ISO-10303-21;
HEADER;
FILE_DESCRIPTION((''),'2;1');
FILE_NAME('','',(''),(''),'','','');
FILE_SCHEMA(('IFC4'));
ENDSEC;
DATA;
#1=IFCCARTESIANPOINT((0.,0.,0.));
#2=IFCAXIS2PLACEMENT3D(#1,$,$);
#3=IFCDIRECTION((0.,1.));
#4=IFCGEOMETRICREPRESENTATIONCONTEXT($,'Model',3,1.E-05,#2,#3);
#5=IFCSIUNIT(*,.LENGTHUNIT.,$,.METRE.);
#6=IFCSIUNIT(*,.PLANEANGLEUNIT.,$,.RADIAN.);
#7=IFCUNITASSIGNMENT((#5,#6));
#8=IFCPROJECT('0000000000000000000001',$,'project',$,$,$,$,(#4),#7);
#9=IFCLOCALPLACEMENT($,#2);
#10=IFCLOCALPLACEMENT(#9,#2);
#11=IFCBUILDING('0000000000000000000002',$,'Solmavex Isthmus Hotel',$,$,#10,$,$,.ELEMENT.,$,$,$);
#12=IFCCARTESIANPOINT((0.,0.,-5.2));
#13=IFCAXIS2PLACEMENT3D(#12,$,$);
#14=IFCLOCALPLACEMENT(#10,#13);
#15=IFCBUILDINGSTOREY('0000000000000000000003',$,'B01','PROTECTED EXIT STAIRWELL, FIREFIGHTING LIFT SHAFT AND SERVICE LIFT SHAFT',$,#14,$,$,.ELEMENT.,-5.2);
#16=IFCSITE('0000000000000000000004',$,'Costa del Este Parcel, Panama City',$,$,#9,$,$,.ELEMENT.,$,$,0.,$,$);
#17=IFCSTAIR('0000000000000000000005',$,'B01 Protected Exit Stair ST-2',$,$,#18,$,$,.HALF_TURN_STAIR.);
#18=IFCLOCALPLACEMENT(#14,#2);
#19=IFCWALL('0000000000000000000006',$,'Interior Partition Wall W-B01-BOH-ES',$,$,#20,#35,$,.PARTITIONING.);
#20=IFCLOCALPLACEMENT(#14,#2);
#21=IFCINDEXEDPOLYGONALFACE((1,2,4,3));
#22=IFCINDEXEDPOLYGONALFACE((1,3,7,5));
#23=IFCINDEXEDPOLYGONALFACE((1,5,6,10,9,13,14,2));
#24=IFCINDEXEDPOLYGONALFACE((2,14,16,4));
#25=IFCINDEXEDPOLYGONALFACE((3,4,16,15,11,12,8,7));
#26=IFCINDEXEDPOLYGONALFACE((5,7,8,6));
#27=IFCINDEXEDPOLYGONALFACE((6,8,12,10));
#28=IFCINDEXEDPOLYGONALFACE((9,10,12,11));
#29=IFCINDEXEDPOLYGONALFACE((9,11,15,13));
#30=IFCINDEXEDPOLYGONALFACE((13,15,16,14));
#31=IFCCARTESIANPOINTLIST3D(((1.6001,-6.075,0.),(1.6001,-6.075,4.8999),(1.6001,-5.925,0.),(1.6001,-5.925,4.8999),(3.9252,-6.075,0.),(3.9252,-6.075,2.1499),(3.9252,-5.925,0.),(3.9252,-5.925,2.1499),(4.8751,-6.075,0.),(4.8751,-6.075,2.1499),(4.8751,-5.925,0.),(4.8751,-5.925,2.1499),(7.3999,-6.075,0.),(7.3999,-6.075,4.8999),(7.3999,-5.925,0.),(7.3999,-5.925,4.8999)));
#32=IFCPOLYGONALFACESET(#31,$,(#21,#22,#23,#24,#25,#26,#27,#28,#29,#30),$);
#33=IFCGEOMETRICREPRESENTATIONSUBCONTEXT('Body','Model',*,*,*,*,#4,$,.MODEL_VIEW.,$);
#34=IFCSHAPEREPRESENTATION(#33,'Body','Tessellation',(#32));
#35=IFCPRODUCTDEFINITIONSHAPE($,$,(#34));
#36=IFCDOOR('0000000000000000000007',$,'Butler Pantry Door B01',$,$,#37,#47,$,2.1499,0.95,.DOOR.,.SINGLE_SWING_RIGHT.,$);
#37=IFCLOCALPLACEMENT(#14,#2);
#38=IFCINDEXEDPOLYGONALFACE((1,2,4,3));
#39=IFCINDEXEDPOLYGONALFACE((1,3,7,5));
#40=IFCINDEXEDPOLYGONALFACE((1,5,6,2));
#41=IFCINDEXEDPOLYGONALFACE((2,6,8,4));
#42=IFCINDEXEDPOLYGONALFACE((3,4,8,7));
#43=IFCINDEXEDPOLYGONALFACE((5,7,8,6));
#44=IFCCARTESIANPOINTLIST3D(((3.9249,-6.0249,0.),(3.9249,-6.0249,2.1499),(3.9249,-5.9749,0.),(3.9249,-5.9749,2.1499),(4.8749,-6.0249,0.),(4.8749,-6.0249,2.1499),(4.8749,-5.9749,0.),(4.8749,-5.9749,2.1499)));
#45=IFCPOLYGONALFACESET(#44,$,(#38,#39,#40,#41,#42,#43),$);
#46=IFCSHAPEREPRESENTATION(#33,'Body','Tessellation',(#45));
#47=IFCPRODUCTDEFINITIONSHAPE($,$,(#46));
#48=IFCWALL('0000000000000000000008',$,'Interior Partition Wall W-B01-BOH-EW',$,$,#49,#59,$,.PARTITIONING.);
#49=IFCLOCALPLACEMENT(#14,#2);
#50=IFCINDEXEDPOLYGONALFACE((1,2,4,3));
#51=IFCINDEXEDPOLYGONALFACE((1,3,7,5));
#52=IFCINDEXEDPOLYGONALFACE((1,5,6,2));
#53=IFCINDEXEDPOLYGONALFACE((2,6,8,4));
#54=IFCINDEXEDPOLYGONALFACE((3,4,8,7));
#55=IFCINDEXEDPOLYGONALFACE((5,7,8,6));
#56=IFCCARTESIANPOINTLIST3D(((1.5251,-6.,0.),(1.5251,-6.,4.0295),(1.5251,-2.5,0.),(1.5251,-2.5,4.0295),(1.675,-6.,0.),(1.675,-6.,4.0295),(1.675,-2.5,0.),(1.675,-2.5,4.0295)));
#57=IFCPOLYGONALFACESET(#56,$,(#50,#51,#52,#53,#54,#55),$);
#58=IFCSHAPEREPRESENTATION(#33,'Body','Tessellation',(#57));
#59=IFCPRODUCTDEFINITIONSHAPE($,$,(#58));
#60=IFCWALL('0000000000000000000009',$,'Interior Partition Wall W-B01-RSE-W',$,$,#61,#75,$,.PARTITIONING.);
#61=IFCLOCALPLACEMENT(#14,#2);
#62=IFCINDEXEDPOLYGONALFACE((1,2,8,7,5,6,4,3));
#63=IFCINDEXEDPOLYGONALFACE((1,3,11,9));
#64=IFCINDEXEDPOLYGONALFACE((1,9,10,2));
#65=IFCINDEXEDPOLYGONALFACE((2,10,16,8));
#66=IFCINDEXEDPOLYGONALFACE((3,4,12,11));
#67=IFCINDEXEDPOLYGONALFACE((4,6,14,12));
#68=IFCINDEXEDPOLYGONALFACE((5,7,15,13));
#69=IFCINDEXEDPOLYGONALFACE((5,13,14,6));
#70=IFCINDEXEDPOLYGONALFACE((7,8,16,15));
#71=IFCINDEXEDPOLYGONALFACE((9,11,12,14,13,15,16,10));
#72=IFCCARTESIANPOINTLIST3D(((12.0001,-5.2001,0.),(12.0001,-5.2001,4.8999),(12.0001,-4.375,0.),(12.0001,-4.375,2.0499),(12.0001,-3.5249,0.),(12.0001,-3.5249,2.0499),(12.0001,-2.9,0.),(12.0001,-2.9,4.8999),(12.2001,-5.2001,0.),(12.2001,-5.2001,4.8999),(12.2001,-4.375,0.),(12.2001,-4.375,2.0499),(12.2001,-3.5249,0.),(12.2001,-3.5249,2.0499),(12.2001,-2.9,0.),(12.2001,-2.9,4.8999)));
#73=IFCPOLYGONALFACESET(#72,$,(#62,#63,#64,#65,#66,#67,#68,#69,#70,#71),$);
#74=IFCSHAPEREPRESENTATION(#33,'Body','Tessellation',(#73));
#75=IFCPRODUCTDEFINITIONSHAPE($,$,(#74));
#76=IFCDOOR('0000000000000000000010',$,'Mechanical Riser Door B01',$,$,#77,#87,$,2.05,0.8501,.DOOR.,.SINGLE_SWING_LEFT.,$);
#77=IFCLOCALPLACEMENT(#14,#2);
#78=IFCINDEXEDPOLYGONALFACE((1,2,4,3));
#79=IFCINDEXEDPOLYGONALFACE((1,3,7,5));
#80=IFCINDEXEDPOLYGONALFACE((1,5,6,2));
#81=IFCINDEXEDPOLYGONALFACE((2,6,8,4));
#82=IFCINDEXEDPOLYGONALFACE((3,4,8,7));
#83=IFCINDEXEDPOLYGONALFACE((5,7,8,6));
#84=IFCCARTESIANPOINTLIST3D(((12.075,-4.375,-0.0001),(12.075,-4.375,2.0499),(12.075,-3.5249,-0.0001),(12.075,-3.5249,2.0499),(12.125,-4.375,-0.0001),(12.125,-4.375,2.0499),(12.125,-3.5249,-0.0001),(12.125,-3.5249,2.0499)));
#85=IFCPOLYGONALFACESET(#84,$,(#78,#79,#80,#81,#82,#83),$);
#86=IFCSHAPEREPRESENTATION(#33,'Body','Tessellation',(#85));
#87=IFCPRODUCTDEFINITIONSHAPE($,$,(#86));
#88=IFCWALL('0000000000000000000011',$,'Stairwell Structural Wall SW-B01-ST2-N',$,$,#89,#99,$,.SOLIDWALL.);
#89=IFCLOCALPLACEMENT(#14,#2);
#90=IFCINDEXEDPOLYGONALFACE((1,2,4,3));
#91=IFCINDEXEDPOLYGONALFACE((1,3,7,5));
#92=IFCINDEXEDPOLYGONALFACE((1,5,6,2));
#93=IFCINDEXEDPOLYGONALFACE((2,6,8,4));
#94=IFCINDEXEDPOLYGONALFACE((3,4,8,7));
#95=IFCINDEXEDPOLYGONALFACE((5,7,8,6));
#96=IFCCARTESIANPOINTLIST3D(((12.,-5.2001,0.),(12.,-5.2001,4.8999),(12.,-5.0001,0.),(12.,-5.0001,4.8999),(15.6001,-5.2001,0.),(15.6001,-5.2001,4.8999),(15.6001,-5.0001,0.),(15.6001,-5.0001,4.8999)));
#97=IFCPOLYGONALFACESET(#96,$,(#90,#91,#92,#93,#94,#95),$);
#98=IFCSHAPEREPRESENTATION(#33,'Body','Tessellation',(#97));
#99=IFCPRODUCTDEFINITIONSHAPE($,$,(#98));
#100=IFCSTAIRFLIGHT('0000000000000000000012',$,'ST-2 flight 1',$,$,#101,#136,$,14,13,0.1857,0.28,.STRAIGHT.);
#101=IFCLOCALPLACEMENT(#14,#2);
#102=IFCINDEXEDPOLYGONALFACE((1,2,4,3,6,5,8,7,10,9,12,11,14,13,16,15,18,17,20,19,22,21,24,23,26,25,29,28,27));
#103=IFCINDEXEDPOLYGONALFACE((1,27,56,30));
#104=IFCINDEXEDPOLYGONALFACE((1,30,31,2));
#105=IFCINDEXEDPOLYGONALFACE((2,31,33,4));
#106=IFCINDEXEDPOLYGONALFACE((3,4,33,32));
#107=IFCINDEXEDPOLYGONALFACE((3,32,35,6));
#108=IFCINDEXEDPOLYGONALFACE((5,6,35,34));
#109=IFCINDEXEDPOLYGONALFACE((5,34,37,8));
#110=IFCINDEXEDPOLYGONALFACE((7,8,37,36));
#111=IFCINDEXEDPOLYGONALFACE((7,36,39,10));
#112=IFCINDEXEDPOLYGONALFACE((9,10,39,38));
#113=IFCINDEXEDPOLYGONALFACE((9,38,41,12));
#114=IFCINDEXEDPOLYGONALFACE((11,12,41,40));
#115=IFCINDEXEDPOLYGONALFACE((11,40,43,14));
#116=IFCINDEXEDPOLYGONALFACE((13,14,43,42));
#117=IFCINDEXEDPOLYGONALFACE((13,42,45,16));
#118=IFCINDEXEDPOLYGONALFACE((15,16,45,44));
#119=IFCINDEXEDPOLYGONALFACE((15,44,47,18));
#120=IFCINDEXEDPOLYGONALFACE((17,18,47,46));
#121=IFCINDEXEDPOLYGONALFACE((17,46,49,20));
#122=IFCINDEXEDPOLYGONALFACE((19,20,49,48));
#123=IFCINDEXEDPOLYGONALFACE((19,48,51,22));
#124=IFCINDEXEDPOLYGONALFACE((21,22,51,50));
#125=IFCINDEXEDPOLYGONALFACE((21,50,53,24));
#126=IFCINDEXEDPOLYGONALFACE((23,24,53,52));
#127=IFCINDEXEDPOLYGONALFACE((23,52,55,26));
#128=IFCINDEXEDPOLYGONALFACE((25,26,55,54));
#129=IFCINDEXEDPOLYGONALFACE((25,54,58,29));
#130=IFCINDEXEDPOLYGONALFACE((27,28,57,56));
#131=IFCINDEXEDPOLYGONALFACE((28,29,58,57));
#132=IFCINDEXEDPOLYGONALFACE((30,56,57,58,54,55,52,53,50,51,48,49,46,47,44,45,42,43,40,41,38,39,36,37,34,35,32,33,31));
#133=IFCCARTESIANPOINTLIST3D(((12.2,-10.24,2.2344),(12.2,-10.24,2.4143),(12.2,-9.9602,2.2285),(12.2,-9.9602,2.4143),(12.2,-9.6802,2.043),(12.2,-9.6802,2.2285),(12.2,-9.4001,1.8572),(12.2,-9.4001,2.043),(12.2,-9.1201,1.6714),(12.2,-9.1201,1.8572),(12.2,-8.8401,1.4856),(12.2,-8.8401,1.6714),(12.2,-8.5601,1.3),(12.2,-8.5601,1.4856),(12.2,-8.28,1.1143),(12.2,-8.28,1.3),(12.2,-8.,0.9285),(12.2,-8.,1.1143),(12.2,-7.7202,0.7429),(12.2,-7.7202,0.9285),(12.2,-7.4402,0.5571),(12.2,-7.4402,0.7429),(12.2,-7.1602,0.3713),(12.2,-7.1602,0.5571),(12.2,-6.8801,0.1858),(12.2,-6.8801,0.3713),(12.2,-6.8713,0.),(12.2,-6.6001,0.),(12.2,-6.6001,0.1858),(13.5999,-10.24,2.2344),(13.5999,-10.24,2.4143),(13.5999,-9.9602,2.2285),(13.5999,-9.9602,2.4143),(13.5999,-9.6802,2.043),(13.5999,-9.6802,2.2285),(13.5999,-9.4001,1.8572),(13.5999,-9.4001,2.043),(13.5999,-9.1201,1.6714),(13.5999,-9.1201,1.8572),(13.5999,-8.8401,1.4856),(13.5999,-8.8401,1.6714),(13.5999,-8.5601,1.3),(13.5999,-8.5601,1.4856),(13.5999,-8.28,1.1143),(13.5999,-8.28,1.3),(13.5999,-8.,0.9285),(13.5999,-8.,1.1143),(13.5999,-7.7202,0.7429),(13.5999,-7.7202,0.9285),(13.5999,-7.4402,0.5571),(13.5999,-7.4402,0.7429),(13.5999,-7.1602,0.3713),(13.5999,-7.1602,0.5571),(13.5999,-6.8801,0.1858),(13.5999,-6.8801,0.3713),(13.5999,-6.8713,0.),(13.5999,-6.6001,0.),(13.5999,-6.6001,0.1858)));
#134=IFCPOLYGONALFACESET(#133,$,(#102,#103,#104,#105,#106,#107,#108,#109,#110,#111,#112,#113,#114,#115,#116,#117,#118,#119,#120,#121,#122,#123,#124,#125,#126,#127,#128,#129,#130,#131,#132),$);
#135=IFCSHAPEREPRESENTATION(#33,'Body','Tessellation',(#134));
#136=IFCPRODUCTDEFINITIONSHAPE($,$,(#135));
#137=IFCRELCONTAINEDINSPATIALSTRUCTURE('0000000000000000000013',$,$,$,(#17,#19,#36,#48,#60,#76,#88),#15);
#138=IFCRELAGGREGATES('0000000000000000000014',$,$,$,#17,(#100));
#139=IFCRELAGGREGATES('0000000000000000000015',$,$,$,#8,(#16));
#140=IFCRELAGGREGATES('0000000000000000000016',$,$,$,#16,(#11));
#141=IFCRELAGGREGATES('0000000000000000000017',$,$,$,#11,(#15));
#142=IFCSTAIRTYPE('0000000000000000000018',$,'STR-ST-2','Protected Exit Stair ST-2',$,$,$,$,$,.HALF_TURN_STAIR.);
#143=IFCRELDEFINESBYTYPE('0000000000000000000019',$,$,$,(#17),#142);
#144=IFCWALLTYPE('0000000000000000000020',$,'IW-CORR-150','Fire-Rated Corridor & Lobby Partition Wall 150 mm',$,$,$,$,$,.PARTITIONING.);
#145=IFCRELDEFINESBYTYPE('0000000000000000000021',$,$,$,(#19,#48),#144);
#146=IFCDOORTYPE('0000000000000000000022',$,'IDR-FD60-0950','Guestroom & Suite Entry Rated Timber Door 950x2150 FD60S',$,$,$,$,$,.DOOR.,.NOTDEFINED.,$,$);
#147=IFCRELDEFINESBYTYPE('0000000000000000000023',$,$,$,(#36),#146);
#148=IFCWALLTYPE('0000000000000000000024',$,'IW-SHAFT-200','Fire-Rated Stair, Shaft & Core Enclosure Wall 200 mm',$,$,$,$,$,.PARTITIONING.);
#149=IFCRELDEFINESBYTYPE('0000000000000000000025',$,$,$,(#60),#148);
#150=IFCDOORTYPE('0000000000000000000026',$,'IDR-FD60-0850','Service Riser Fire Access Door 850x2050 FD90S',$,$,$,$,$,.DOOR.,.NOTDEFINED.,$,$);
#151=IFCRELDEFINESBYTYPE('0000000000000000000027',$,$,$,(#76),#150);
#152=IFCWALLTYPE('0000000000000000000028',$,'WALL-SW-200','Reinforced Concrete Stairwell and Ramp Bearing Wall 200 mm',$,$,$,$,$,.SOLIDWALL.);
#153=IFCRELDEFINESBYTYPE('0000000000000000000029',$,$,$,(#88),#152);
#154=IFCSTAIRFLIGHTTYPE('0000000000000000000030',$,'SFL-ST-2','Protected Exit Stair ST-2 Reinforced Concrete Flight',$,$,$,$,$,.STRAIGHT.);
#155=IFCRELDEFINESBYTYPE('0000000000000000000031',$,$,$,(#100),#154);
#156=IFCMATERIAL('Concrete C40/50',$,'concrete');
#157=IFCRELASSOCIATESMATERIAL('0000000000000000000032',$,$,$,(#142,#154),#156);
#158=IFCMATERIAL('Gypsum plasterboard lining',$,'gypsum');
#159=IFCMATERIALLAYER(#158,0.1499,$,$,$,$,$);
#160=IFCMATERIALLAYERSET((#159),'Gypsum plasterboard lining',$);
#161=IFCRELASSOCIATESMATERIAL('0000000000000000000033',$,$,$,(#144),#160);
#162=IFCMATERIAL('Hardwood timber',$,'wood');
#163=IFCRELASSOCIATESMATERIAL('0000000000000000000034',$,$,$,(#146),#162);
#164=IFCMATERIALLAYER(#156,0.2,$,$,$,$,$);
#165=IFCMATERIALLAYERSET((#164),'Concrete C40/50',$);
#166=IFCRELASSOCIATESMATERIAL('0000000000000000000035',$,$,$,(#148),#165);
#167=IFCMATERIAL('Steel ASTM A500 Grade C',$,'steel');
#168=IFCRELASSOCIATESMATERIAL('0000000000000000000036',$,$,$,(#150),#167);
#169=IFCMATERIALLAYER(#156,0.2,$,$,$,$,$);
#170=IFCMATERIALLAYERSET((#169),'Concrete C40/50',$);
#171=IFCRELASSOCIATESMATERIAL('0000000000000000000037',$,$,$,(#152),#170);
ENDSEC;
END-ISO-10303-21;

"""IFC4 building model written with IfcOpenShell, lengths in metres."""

from ifc_helpers import new_model, si_unit, direction, frame, frame_2d, origin, place, context, subcontext, project, spatial, polyline, rectangle, outline, extrude, material, layer, layer_set, type_object, element, fill, aggregate, save


model = new_model("IFC4")

# Units and contexts
model_context = context("Model", 3, precision=1e-05, world=origin(), true_north=direction((0.0, 1.0)))
body_context = subcontext(model_context, "Body", "Model", "MODEL_VIEW")
ifc_project = project(units=[si_unit("LENGTHUNIT", "METRE"), si_unit("PLANEANGLEUNIT", "RADIAN")], contexts=[model_context])

# Site, building, storey
site_placement = place(None, origin())
site = spatial("IfcSite", under=ifc_project, at=site_placement, Name="Costa del Este Parcel, Panama City", CompositionType="ELEMENT", RefElevation=0.0)
building_placement = place(site_placement, origin())
building = spatial("IfcBuilding", under=site, at=building_placement, Name="Solmavex Isthmus Hotel", CompositionType="ELEMENT")
storey_placement = place(building_placement, frame((0.0, 0.0, -5.2)))
storey = spatial("IfcBuildingStorey", under=building, at=storey_placement, Name="B01", Description="PROTECTED EXIT STAIRWELL, FIREFIGHTING LIFT SHAFT AND SERVICE LIFT SHAFT", CompositionType="ELEMENT", Elevation=-5.2)

# Shared definitions
ifc_material_1 = material(Name="Concrete C40/50", Category="concrete")

# Stair
stair_type_1 = type_object("IfcStairType", Name="STR-ST-2", Description="Protected Exit Stair ST-2", PredefinedType="HALF_TURN_STAIR", material=ifc_material_1)
stair_1_placement = place(storey_placement, origin())
stair_1 = element("IfcStair", 1, at=stair_1_placement, inside=storey, type_object=stair_type_1, Name="B01 Protected Exit Stair ST-2", PredefinedType="HALF_TURN_STAIR")

# Shared definitions
ifc_material_2 = material(Name="Gypsum plasterboard lining", Category="gypsum")
ifc_layer_1 = layer(ifc_material_2, 0.1499)
ifc_layer_set_1 = layer_set([ifc_layer_1], Name="Gypsum plasterboard lining")
wall_type_1 = type_object("IfcWallType", Name="IW-CORR-150", Description="Fire-Rated Corridor & Lobby Partition Wall 150 mm", PredefinedType="PARTITIONING", material=ifc_layer_set_1)

# Wall, opening, door
wall_1_placement = place(storey_placement, frame((1.6001, -6.0, 0.0), z_axis=(0.0, 0.0, 1.0), x_axis=(1.0, 0.0, 0.0)))
wall_1 = element("IfcWall", 2, at=wall_1_placement, inside=storey, type_object=wall_type_1, Name="Interior Partition Wall W-B01-BOH-ES", PredefinedType="PARTITIONING", context=body_context, shape_type="SweptSolid", body=[
    extrude(rectangle(XDim=5.7998, YDim=0.1499, at=frame_2d((2.8999, 0.0))), origin(), (0.0, 0.0, 1.0), 4.8999),
])
opening_1_placement = place(wall_1_placement, frame((2.325, 0.0, 0.0)))
opening_1 = element("IfcOpeningElement", 3, at=opening_1_placement, cuts=wall_1, PredefinedType="OPENING", context=body_context, shape_type="SweptSolid", body=[
    extrude(rectangle(XDim=0.95, YDim=2.1499, at=frame_2d((0.4751, 1.075))), frame((0.0, 0.085, 0.0), z_axis=(0.0, -1.0, 0.0), x_axis=(1.0, 0.0, 0.0)), (0.0, 0.0, 1.0), 0.1699),
])
ifc_material_3 = material(Name="Hardwood timber", Category="wood")
door_type_1 = type_object("IfcDoorType", Name="IDR-FD60-0950", Description="Guestroom & Suite Entry Rated Timber Door 950x2150 FD60S", OperationType="NOTDEFINED", PredefinedType="DOOR", material=ifc_material_3)
door_1_placement = place(opening_1_placement, frame((0.95, 0.0, 0.0), z_axis=(0.0, 0.0, 1.0), x_axis=(-1.0, 0.0, 0.0)))
door_1 = element("IfcDoor", 4, at=door_1_placement, inside=storey, type_object=door_type_1, Name="Butler Pantry Door B01", OperationType="SINGLE_SWING_RIGHT", OverallHeight=2.1499, OverallWidth=0.95, PredefinedType="DOOR", context=body_context, shape_type="SweptSolid", body=[
    extrude(rectangle(XDim=0.95, YDim=2.1499, at=frame_2d((0.4751, 1.075))), frame((0.0, 0.0249, 0.0), z_axis=(0.0, -1.0, 0.0), x_axis=(1.0, 0.0, 0.0)), (0.0, 0.0, 1.0), 0.05),
])
fill(opening_1, door_1)

# Wall
wall_2_placement = place(storey_placement, frame((1.6001, -6.0, 0.0), z_axis=(0.0, 0.0, 1.0), x_axis=(0.0, 1.0, 0.0)))
element("IfcWall", 5, at=wall_2_placement, inside=storey, type_object=wall_type_1, Name="Interior Partition Wall W-B01-BOH-EW", PredefinedType="PARTITIONING", context=body_context, shape_type="SweptSolid", body=[
    extrude(rectangle(XDim=3.5, YDim=0.1499, at=frame_2d((1.75, 0.0))), origin(), (0.0, 0.0, 1.0), 4.0295),
])

# Wall, opening, door
ifc_layer_2 = layer(ifc_material_1, 0.2)
ifc_layer_set_2 = layer_set([ifc_layer_2], Name="Concrete C40/50")
wall_type_2 = type_object("IfcWallType", Name="IW-SHAFT-200", Description="Fire-Rated Stair, Shaft & Core Enclosure Wall 200 mm", PredefinedType="PARTITIONING", material=ifc_layer_set_2)
wall_3_placement = place(storey_placement, frame((12.1001, -5.2, 0.0), z_axis=(0.0, 0.0, 1.0), x_axis=(0.0, 1.0, 0.0)))
wall_3 = element("IfcWall", 6, at=wall_3_placement, inside=storey, type_object=wall_type_2, Name="Interior Partition Wall W-B01-RSE-W", PredefinedType="PARTITIONING", context=body_context, shape_type="SweptSolid", body=[
    extrude(rectangle(XDim=2.3, YDim=0.2, at=frame_2d((1.1499, 0.0))), origin(), (0.0, 0.0, 1.0), 4.8999),
])
opening_2_placement = place(wall_3_placement, frame((0.825, 0.0, 0.0)))
opening_2 = element("IfcOpeningElement", 7, at=opening_2_placement, cuts=wall_3, PredefinedType="OPENING", context=body_context, shape_type="SweptSolid", body=[
    extrude(rectangle(XDim=0.8501, YDim=2.05, at=frame_2d((0.425, 1.0249))), frame((0.0, 0.1099, 0.0), z_axis=(0.0, -1.0, 0.0), x_axis=(1.0, 0.0, 0.0)), (0.0, 0.0, 1.0), 0.22),
])
ifc_material_4 = material(Name="Steel ASTM A500 Grade C", Category="steel")
door_type_2 = type_object("IfcDoorType", Name="IDR-FD60-0850", Description="Service Riser Fire Access Door 850x2050 FD90S", OperationType="NOTDEFINED", PredefinedType="DOOR", material=ifc_material_4)
door_2_placement = place(opening_2_placement, frame((0.8501, 0.0, 0.0), z_axis=(0.0, 0.0, 1.0), x_axis=(-1.0, 0.0, 0.0)))
door_2 = element("IfcDoor", 8, at=door_2_placement, inside=storey, type_object=door_type_2, Name="Mechanical Riser Door B01", OperationType="SINGLE_SWING_LEFT", OverallHeight=2.05, OverallWidth=0.8501, PredefinedType="DOOR", context=body_context, shape_type="SweptSolid", body=[
    extrude(rectangle(XDim=0.8501, YDim=2.05, at=frame_2d((0.425, 1.0249))), frame((0.0, 0.0249, 0.0), z_axis=(0.0, -1.0, 0.0), x_axis=(1.0, 0.0, 0.0)), (0.0, 0.0, 1.0), 0.05),
])
fill(opening_2, door_2)

# Wall
ifc_layer_3 = layer(ifc_material_1, 0.2)
ifc_layer_set_3 = layer_set([ifc_layer_3], Name="Concrete C40/50")
wall_type_3 = type_object("IfcWallType", Name="WALL-SW-200", Description="Reinforced Concrete Stairwell and Ramp Bearing Wall 200 mm", PredefinedType="SOLIDWALL", material=ifc_layer_set_3)
wall_4_placement = place(storey_placement, frame((12.0, -5.1001, 0.0), z_axis=(0.0, 0.0, 1.0), x_axis=(1.0, 0.0, 0.0)))
element("IfcWall", 9, at=wall_4_placement, inside=storey, type_object=wall_type_3, Name="Stairwell Structural Wall SW-B01-ST2-N", PredefinedType="SOLIDWALL", context=body_context, shape_type="SweptSolid", body=[
    extrude(rectangle(XDim=3.6001, YDim=0.2, at=frame_2d((1.8, 0.0))), origin(), (0.0, 0.0, 1.0), 4.8999),
])

# Stair flight
stair_flight_type = type_object("IfcStairFlightType", Name="SFL-ST-2", Description="Protected Exit Stair ST-2 Reinforced Concrete Flight", PredefinedType="STRAIGHT", material=ifc_material_1)
stair_flight_placement = place(storey_placement, frame((12.8999, -6.6001, 0.0), z_axis=(0.0, 0.0, 1.0), x_axis=(0.0, -1.0, 0.0)))
stair_flight = element("IfcStairFlight", 10, at=stair_flight_placement, type_object=stair_flight_type, Name="ST-2 flight 1", NumberOfRisers=14, NumberOfTreads=13, PredefinedType="STRAIGHT", RiserHeight=0.1857, TreadLength=0.28, context=body_context, shape_type="SweptSolid", body=[
    extrude(outline(polyline([(0.0, 0.0), (0.0, 0.1858), (0.28, 0.1858), (0.28, 0.3713), (0.5601, 0.3713), (0.5601, 0.5571), (0.8401, 0.5571), (0.8401, 0.7429), (1.1201, 0.7429), (1.1201, 0.9285), (1.3999, 0.9285), (1.3999, 1.1143), (1.6799, 1.1143), (1.6799, 1.3), (1.96, 1.3), (1.96, 1.4856), (2.24, 1.4856), (2.24, 1.6714), (2.52, 1.6714), (2.52, 1.8572), (2.8, 1.8572), (2.8, 2.043), (3.0801, 2.043), (3.0801, 2.2285), (3.3601, 2.2285), (3.3601, 2.4143), (3.6399, 2.4143), (3.6399, 2.6001), (3.6399, 2.2344), (0.2712, 0.0), (0.0, 0.0)])), frame((0.0, 0.7, 0.0), z_axis=(0.0, -1.0, 0.0), x_axis=(1.0, 0.0, 0.0)), (0.0, 0.0, 1.0), 1.3999),
])
aggregate(stair_1, [stair_flight])

save(model, "model.ifc")
